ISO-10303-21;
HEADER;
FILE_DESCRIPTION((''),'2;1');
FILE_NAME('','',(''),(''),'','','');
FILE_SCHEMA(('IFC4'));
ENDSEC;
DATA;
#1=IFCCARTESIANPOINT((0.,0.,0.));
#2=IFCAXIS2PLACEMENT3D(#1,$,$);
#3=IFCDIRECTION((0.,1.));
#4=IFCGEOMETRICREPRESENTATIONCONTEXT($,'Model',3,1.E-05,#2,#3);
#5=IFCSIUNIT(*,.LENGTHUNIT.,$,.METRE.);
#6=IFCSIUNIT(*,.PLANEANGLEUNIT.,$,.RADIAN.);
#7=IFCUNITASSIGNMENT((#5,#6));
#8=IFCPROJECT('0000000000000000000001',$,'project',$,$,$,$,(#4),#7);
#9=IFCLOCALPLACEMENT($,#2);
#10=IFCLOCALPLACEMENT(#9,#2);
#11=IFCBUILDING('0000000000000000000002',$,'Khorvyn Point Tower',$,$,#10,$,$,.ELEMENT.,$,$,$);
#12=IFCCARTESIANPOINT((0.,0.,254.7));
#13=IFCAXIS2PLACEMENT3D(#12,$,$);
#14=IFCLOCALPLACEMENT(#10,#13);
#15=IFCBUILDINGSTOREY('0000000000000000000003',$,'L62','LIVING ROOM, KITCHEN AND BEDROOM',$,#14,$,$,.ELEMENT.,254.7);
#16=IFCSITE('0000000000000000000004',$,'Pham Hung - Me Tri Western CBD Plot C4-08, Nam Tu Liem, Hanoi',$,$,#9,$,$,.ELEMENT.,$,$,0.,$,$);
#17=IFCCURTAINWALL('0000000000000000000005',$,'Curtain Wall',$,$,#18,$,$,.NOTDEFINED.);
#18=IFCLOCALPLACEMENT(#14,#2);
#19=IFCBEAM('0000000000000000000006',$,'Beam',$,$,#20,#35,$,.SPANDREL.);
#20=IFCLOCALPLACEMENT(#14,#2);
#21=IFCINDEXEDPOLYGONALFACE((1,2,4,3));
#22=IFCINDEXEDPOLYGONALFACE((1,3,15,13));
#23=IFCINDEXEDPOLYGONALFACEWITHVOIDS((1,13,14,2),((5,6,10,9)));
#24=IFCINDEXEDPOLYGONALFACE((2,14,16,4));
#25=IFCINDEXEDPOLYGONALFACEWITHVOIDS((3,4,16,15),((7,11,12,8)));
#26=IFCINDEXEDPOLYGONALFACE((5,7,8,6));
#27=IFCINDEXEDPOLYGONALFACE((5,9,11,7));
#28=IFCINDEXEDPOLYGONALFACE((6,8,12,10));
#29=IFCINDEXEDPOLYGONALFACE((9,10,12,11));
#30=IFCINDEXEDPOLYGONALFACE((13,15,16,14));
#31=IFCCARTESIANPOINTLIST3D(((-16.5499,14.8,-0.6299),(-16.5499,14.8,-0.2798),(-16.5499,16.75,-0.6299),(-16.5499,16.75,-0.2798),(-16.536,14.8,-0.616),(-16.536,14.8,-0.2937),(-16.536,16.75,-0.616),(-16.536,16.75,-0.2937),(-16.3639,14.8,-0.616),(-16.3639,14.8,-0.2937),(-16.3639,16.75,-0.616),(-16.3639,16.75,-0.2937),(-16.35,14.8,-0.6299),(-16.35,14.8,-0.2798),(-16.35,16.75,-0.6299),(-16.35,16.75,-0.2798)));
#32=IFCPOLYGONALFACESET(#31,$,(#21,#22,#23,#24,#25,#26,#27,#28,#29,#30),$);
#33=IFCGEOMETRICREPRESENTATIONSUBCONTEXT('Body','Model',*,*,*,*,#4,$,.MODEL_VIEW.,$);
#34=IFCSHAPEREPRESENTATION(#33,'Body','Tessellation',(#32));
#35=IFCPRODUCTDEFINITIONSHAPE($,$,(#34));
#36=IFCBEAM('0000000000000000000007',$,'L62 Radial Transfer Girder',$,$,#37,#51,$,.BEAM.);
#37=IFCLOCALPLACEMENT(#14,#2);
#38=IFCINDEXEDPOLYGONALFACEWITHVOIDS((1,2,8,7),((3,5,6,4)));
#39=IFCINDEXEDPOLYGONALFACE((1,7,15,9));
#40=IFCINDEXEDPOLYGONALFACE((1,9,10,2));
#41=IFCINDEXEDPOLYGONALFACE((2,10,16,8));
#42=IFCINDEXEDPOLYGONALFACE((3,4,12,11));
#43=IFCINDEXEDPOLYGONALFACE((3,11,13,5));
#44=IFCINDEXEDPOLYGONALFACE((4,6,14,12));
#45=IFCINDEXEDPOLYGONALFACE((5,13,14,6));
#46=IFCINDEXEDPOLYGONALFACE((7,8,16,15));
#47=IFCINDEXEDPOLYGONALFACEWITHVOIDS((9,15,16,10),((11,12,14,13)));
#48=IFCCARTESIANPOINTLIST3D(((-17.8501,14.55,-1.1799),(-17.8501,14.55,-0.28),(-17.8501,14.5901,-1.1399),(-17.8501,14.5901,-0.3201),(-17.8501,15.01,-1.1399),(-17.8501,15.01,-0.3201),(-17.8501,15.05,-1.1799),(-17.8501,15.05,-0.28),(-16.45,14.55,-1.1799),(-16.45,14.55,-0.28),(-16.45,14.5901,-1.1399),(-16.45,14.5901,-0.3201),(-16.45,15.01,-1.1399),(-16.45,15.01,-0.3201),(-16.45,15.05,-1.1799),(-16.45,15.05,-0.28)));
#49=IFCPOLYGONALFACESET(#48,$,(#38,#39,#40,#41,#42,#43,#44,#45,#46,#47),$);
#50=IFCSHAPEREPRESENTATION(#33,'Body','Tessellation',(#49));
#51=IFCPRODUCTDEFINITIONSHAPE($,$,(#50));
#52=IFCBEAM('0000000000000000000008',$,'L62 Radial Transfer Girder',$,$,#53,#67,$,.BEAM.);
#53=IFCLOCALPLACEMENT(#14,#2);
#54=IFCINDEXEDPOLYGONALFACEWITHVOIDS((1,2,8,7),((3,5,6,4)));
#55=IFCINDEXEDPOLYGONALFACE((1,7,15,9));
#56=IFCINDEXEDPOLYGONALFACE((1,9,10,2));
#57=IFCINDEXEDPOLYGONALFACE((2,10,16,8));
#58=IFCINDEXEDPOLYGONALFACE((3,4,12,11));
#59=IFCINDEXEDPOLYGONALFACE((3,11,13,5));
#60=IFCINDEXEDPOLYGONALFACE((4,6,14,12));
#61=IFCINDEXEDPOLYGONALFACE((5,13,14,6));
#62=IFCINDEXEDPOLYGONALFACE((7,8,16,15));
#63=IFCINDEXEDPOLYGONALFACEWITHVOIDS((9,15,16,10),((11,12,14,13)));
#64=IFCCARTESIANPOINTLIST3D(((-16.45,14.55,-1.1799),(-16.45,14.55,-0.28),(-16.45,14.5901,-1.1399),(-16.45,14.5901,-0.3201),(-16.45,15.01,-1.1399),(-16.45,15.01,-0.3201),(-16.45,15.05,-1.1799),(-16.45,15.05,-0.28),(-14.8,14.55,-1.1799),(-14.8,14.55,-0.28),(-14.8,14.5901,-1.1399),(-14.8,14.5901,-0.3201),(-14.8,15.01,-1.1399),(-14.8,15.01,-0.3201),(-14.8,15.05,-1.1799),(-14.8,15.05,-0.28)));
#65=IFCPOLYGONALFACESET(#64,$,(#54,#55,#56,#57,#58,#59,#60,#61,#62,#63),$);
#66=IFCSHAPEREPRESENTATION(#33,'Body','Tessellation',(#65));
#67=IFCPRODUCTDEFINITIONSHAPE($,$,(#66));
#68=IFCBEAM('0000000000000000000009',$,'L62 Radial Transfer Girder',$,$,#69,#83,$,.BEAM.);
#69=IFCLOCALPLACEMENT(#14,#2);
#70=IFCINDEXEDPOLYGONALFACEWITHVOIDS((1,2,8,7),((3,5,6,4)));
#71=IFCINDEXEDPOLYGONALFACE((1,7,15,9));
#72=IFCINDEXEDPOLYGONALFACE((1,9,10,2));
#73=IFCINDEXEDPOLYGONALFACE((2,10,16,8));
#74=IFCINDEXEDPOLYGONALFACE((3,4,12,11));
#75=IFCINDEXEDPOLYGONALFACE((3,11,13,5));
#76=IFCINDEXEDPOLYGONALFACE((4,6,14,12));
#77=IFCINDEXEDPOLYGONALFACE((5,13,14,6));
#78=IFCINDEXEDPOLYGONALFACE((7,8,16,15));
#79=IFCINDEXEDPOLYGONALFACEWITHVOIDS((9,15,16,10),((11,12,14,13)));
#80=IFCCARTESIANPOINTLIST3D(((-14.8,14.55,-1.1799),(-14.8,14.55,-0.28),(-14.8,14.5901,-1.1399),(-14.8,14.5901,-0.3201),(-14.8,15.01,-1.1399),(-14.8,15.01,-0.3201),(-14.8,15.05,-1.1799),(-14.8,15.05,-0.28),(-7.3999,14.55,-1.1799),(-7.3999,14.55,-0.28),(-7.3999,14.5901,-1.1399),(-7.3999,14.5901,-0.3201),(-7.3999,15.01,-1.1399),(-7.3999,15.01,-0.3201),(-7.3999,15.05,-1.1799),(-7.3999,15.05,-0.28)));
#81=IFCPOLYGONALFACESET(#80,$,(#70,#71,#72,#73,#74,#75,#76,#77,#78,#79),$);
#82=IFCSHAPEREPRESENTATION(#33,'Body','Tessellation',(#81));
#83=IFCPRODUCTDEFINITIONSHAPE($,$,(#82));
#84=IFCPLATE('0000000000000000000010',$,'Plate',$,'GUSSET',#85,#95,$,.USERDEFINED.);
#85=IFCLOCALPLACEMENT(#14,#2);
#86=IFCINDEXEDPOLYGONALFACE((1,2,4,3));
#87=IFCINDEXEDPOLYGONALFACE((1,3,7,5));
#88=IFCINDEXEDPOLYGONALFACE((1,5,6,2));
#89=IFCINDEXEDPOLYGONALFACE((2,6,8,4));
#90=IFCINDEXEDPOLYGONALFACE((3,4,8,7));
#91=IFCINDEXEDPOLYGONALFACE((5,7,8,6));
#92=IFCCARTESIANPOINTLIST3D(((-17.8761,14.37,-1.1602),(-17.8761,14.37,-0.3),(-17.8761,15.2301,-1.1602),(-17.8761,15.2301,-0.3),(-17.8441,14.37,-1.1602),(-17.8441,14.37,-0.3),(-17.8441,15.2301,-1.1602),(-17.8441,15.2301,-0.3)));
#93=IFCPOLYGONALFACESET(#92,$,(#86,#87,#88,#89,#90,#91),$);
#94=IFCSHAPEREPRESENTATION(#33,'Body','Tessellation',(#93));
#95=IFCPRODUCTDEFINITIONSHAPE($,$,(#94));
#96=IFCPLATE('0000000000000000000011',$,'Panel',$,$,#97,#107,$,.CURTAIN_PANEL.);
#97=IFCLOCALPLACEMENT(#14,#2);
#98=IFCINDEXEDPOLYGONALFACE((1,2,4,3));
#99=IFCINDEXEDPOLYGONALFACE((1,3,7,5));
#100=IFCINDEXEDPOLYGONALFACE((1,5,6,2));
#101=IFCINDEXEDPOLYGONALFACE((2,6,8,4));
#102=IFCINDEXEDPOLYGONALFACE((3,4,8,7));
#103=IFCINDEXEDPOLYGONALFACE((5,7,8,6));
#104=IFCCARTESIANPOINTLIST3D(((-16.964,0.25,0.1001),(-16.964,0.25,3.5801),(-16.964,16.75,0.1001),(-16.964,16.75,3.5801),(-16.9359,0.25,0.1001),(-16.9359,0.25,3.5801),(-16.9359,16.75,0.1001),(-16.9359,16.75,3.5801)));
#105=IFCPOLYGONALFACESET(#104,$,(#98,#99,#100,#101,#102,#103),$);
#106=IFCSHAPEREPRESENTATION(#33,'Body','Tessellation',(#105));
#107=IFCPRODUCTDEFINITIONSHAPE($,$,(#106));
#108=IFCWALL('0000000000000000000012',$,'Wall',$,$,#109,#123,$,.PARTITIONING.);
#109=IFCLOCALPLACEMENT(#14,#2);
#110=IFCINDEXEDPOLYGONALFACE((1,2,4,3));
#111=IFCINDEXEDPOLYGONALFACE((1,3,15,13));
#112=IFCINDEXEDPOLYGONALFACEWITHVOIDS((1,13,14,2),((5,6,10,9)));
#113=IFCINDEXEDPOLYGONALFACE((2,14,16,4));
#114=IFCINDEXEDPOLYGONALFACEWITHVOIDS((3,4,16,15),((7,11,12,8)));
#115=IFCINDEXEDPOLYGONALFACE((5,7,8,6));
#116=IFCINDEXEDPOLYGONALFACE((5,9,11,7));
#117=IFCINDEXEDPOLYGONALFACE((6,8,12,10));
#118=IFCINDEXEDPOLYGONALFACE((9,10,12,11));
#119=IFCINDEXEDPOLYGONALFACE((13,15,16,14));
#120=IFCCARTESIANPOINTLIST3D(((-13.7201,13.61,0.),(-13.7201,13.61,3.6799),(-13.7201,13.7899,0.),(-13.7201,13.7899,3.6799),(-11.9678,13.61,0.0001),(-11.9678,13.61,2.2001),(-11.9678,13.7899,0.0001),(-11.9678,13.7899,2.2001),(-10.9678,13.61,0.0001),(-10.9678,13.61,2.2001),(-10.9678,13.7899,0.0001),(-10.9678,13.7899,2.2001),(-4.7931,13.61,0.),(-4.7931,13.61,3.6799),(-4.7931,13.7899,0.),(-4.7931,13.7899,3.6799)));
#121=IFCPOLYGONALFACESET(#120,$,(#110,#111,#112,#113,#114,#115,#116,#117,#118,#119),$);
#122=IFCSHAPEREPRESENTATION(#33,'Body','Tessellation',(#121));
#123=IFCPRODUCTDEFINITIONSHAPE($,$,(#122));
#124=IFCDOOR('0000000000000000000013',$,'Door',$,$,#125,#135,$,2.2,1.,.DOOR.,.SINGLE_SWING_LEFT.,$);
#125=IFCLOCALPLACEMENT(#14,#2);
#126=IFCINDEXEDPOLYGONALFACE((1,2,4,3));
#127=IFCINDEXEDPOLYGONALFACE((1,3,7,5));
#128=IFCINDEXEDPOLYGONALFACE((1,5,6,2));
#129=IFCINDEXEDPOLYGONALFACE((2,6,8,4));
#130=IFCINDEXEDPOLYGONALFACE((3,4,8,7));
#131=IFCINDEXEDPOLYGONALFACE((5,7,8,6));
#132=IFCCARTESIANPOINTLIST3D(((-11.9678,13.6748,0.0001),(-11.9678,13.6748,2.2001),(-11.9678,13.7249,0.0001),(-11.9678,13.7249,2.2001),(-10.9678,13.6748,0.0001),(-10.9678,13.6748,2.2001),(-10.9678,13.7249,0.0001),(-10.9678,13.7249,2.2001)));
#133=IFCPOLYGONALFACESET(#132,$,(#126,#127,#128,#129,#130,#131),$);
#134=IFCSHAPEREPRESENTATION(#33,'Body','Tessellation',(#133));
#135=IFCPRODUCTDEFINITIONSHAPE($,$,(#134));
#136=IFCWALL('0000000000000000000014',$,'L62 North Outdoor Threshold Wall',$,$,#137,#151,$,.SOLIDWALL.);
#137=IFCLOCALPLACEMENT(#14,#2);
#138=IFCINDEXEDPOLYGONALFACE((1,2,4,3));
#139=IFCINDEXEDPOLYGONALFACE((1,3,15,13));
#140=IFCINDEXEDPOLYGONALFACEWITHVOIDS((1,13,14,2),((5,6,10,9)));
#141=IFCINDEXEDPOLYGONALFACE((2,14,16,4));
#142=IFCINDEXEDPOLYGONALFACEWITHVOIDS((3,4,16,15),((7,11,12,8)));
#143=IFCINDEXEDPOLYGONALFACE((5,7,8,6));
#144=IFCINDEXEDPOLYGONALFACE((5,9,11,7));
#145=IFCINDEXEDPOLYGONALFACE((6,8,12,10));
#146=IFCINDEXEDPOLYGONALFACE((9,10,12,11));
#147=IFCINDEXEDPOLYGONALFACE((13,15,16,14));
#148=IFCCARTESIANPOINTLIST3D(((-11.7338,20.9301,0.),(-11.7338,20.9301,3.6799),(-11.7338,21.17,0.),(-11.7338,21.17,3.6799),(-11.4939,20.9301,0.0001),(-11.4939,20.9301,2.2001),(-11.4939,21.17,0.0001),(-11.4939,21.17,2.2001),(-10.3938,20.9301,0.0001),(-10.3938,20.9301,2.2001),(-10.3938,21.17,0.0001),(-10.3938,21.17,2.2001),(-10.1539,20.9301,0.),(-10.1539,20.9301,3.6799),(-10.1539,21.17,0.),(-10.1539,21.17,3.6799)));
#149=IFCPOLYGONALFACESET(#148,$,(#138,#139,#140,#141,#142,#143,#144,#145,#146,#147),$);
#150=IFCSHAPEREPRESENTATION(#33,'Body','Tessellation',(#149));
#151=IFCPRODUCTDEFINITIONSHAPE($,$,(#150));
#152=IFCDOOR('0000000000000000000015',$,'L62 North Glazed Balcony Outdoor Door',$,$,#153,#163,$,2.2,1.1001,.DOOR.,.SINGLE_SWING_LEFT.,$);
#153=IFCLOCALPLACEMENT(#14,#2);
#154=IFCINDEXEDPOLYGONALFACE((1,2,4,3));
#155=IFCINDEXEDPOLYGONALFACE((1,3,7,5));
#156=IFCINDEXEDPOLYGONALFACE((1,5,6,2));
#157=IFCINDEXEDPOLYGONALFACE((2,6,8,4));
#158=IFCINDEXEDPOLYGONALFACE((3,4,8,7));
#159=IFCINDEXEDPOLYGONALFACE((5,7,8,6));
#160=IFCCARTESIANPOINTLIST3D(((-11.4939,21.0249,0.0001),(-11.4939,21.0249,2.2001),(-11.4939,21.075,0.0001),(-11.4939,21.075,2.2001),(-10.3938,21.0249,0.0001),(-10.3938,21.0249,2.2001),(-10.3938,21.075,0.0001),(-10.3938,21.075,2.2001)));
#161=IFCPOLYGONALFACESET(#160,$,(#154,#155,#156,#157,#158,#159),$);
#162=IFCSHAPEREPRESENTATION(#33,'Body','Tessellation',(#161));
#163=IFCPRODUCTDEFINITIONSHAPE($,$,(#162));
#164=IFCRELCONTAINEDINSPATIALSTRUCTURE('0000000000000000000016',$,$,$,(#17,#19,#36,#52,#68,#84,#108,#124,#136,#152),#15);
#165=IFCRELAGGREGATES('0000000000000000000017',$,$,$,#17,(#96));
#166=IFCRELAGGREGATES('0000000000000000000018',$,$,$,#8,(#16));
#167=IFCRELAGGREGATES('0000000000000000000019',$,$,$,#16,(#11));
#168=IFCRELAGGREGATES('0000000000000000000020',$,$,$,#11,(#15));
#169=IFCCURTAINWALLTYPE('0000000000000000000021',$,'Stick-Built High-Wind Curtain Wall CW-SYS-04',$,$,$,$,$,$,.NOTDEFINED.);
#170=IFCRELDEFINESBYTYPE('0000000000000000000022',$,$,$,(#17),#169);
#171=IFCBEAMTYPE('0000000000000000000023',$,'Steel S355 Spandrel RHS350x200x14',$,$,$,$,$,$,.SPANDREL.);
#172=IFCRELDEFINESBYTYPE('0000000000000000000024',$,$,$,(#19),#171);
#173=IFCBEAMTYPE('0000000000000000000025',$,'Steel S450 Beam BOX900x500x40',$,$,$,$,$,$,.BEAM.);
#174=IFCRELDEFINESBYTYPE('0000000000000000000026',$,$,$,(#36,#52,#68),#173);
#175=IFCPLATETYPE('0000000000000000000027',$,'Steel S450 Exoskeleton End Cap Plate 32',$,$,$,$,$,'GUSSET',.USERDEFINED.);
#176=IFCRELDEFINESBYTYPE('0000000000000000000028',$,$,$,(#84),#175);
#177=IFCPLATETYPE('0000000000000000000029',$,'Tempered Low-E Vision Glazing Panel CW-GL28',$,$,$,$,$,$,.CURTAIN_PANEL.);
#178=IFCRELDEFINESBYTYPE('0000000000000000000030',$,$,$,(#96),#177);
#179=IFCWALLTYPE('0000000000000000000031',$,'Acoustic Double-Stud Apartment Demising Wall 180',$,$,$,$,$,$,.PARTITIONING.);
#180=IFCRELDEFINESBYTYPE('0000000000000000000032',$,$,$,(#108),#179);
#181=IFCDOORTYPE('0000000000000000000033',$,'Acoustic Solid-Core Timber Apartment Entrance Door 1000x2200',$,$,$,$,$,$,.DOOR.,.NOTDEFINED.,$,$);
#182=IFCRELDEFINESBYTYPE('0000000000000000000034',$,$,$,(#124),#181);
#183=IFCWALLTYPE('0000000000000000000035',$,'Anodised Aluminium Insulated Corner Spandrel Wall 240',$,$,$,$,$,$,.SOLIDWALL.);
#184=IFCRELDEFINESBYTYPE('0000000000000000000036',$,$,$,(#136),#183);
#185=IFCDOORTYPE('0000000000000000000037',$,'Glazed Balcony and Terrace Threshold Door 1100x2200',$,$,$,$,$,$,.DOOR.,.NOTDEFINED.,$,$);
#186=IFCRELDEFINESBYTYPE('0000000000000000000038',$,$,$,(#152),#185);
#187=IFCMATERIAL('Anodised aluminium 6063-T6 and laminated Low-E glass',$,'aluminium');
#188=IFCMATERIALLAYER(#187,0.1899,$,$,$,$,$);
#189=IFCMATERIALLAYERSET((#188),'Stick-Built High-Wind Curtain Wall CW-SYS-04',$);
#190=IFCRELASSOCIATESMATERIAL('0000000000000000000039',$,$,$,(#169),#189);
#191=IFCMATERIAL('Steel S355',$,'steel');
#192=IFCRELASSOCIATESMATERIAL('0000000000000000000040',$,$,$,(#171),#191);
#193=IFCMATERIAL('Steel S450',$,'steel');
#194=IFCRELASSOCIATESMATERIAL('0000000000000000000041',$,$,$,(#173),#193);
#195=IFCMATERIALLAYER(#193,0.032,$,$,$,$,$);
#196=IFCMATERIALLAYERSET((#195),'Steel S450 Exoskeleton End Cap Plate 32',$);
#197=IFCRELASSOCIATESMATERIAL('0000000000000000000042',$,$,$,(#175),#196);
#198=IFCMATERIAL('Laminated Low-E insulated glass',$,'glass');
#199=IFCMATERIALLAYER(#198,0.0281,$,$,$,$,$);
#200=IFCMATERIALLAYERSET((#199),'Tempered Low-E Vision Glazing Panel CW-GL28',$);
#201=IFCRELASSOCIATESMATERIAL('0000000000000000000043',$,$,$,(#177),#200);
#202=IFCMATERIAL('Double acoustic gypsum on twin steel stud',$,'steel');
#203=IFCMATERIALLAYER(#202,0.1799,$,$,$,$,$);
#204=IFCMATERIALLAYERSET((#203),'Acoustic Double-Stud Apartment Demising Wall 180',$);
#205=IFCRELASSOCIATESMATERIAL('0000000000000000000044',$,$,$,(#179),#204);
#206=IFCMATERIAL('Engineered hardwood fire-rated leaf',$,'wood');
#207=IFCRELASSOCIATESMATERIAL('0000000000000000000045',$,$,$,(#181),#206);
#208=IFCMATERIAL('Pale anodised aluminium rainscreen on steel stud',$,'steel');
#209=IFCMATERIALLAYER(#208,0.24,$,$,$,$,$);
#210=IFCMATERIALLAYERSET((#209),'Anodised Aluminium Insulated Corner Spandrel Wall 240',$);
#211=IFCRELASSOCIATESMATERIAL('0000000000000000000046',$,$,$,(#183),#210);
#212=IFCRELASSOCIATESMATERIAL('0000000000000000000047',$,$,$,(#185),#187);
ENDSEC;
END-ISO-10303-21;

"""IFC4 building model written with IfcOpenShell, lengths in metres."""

from ifc_helpers import new_model, si_unit, direction, frame, frame_2d, origin, origin_2d, place, context, subcontext, project, spatial, rectangle, hollow_rectangle, extrude, material, layer, layer_set, material_profile, profile_set, type_object, element, fill, aggregate, save


model = new_model("IFC4")

# Units and contexts
model_context = context("Model", 3, precision=1e-05, world=origin(), true_north=direction((0.0, 1.0)))
body_context = subcontext(model_context, "Body", "Model", "MODEL_VIEW")
ifc_project = project(units=[si_unit("LENGTHUNIT", "METRE"), si_unit("PLANEANGLEUNIT", "RADIAN")], contexts=[model_context])

# Site, building, storey
site_placement = place(None, origin())
site = spatial("IfcSite", under=ifc_project, at=site_placement, Name="Pham Hung - Me Tri Western CBD Plot C4-08, Nam Tu Liem, Hanoi", CompositionType="ELEMENT", RefElevation=0.0)
building_placement = place(site_placement, origin())
building = spatial("IfcBuilding", under=site, at=building_placement, Name="Khorvyn Point Tower", CompositionType="ELEMENT")
storey_placement = place(building_placement, frame((0.0, 0.0, 254.7)))
storey = spatial("IfcBuildingStorey", under=building, at=storey_placement, Name="L62", Description="LIVING ROOM, KITCHEN AND BEDROOM", CompositionType="ELEMENT", Elevation=254.7)

# Shared definitions
ifc_material_1 = material(Name="Steel S355", Category="steel")

# Curtain wall
ifc_material_2 = material(Name="Anodised aluminium 6063-T6 and laminated Low-E glass", Category="aluminium")
ifc_layer_1 = layer(ifc_material_2, 0.1899)
ifc_layer_set_1 = layer_set([ifc_layer_1], Name="Stick-Built High-Wind Curtain Wall CW-SYS-04")
curtain_wall_type = type_object("IfcCurtainWallType", Name="Stick-Built High-Wind Curtain Wall CW-SYS-04", PredefinedType="NOTDEFINED", material=ifc_layer_set_1)
curtain_wall_1_placement = place(storey_placement, origin())
curtain_wall_1 = element("IfcCurtainWall", 1, at=curtain_wall_1_placement, inside=storey, type_object=curtain_wall_type, Name="Curtain Wall", PredefinedType="NOTDEFINED")

# Beams
ifc_material_profile_1 = material_profile(ifc_material_1, hollow_rectangle(XDim=0.2, YDim=0.3501, WallThickness=0.0139, at=origin_2d()))
ifc_profile_set_1 = profile_set([ifc_material_profile_1], Name="Steel S355 RHS350x200x14")
beam_type_1 = type_object("IfcBeamType", Name="Steel S355 Spandrel RHS350x200x14", PredefinedType="SPANDREL", material=ifc_profile_set_1)
beam_1_placement = place(storey_placement, frame((-16.45, 14.8, -0.4548), z_axis=(0.0, 1.0, 0.0), x_axis=(-1.0, 0.0, 0.0)))
element("IfcBeam", 2, at=beam_1_placement, inside=storey, type_object=beam_type_1, Name="Beam", PredefinedType="SPANDREL", context=body_context, shape_type="SweptSolid", body=[
    extrude(hollow_rectangle(XDim=0.2, YDim=0.3501, WallThickness=0.0139, at=origin_2d()), origin(), (0.0, 0.0, 1.0), 1.95),
])
ifc_material_3 = material(Name="Steel S450", Category="steel")
ifc_material_profile_2 = material_profile(ifc_material_3, hollow_rectangle(XDim=0.5, YDim=0.8999, WallThickness=0.04, at=origin_2d()))
ifc_profile_set_2 = profile_set([ifc_material_profile_2], Name="Steel S450 BOX900x500x40")
beam_type_2 = type_object("IfcBeamType", Name="Steel S450 Beam BOX900x500x40", PredefinedType="BEAM", material=ifc_profile_set_2)
beam_2_placement = place(storey_placement, frame((-17.8501, 14.8, -0.73), z_axis=(1.0, 0.0, 0.0), x_axis=(0.0, 1.0, 0.0)))
element("IfcBeam", 3, at=beam_2_placement, inside=storey, type_object=beam_type_2, Name="L62 Radial Transfer Girder", PredefinedType="BEAM", context=body_context, shape_type="SweptSolid", body=[
    extrude(hollow_rectangle(XDim=0.5, YDim=0.8999, WallThickness=0.04, at=origin_2d()), origin(), (0.0, 0.0, 1.0), 1.4001),
])
beam_3_placement = place(storey_placement, frame((-16.45, 14.8, -0.73), z_axis=(1.0, 0.0, 0.0), x_axis=(0.0, 1.0, 0.0)))
element("IfcBeam", 4, at=beam_3_placement, inside=storey, type_object=beam_type_2, Name="L62 Radial Transfer Girder", PredefinedType="BEAM", context=body_context, shape_type="SweptSolid", body=[
    extrude(hollow_rectangle(XDim=0.5, YDim=0.8999, WallThickness=0.04, at=origin_2d()), origin(), (0.0, 0.0, 1.0), 1.6499),
])
beam_4_placement = place(storey_placement, frame((-14.8, 14.8, -0.73), z_axis=(1.0, 0.0, 0.0), x_axis=(0.0, 1.0, 0.0)))
element("IfcBeam", 5, at=beam_4_placement, inside=storey, type_object=beam_type_2, Name="L62 Radial Transfer Girder", PredefinedType="BEAM", context=body_context, shape_type="SweptSolid", body=[
    extrude(hollow_rectangle(XDim=0.5, YDim=0.8999, WallThickness=0.04, at=origin_2d()), origin(), (0.0, 0.0, 1.0), 7.4001),
])

# Plates
ifc_layer_2 = layer(ifc_material_3, 0.032)
ifc_layer_set_2 = layer_set([ifc_layer_2], Name="Steel S450 Exoskeleton End Cap Plate 32")
plate_type_1 = type_object("IfcPlateType", Name="Steel S450 Exoskeleton End Cap Plate 32", ElementType="GUSSET", PredefinedType="USERDEFINED", material=ifc_layer_set_2)
plate_1_placement = place(storey_placement, frame((-17.8601, 14.8, -1.1602), z_axis=(0.0, 0.0, 1.0), x_axis=(1.0, 0.0, 0.0)))
element("IfcPlate", 6, at=plate_1_placement, inside=storey, type_object=plate_type_1, Name="Plate", ObjectType="GUSSET", PredefinedType="USERDEFINED", context=body_context, shape_type="SweptSolid", body=[
    extrude(rectangle(XDim=0.032, YDim=0.8601, at=origin_2d()), origin(), (0.0, 0.0, 1.0), 0.8601),
])
ifc_material_4 = material(Name="Laminated Low-E insulated glass", Category="glass")
ifc_layer_3 = layer(ifc_material_4, 0.0281)
ifc_layer_set_3 = layer_set([ifc_layer_3], Name="Tempered Low-E Vision Glazing Panel CW-GL28")
plate_type_2 = type_object("IfcPlateType", Name="Tempered Low-E Vision Glazing Panel CW-GL28", PredefinedType="CURTAIN_PANEL", material=ifc_layer_set_3)
plate_2_placement = place(storey_placement, frame((-16.95, 8.5, 0.1001), z_axis=(0.0, 0.0, 1.0), x_axis=(0.0, 1.0, 0.0)))
plate_2 = element("IfcPlate", 7, at=plate_2_placement, type_object=plate_type_2, Name="Panel", PredefinedType="CURTAIN_PANEL", context=body_context, shape_type="SweptSolid", body=[
    extrude(rectangle(XDim=16.5, YDim=0.0281, at=origin_2d()), origin(), (0.0, 0.0, 1.0), 3.48),
])
aggregate(curtain_wall_1, [plate_2])

# Walls, openings, doors
ifc_material_5 = material(Name="Double acoustic gypsum on twin steel stud", Category="steel")
ifc_layer_4 = layer(ifc_material_5, 0.1799)
ifc_layer_set_4 = layer_set([ifc_layer_4], Name="Acoustic Double-Stud Apartment Demising Wall 180")
wall_type_1 = type_object("IfcWallType", Name="Acoustic Double-Stud Apartment Demising Wall 180", PredefinedType="PARTITIONING", material=ifc_layer_set_4)
wall_1_placement = place(storey_placement, frame((-13.72, 13.7, 0.0), z_axis=(0.0, 0.0, 1.0), x_axis=(1.0, 0.0, 0.0)))
wall_1 = element("IfcWall", 8, at=wall_1_placement, inside=storey, type_object=wall_type_1, Name="Wall", PredefinedType="PARTITIONING", context=body_context, shape_type="SweptSolid", body=[
    extrude(rectangle(XDim=8.927, YDim=0.1799, at=frame_2d((4.4634, 0.0))), origin(), (0.0, 0.0, 1.0), 3.6799),
])
opening_1_placement = place(wall_1_placement, frame((1.7522, 0.0, 0.0)))
opening_1 = element("IfcOpeningElement", 9, at=opening_1_placement, cuts=wall_1, PredefinedType="OPENING", context=body_context, shape_type="SweptSolid", body=[
    extrude(rectangle(XDim=1.0, YDim=2.2, at=frame_2d((0.5, 1.1001))), frame((0.0, 0.0999, 0.0), z_axis=(0.0, -1.0, 0.0), x_axis=(1.0, 0.0, 0.0)), (0.0, 0.0, 1.0), 0.2),
])
ifc_material_6 = material(Name="Engineered hardwood fire-rated leaf", Category="wood")
door_type_1 = type_object("IfcDoorType", Name="Acoustic Solid-Core Timber Apartment Entrance Door 1000x2200", OperationType="NOTDEFINED", PredefinedType="DOOR", material=ifc_material_6)
door_1_placement = place(opening_1_placement, origin())
door_1 = element("IfcDoor", 10, at=door_1_placement, inside=storey, type_object=door_type_1, Name="Door", OperationType="SINGLE_SWING_LEFT", OverallHeight=2.2, OverallWidth=1.0, PredefinedType="DOOR", context=body_context, shape_type="SweptSolid", body=[
    extrude(rectangle(XDim=1.0, YDim=2.2, at=frame_2d((0.5, 1.1001))), frame((0.0, 0.0249, 0.0), z_axis=(0.0, -1.0, 0.0), x_axis=(1.0, 0.0, 0.0)), (0.0, 0.0, 1.0), 0.05),
])
fill(opening_1, door_1)
ifc_material_7 = material(Name="Pale anodised aluminium rainscreen on steel stud", Category="steel")
ifc_layer_5 = layer(ifc_material_7, 0.24)
ifc_layer_set_5 = layer_set([ifc_layer_5], Name="Anodised Aluminium Insulated Corner Spandrel Wall 240")
wall_type_2 = type_object("IfcWallType", Name="Anodised Aluminium Insulated Corner Spandrel Wall 240", PredefinedType="SOLIDWALL", material=ifc_layer_set_5)
wall_2_placement = place(storey_placement, frame((-11.7339, 21.05, 0.0), z_axis=(0.0, 0.0, 1.0), x_axis=(1.0, 0.0, 0.0)))
wall_2 = element("IfcWall", 11, at=wall_2_placement, inside=storey, type_object=wall_type_2, Name="L62 North Outdoor Threshold Wall", PredefinedType="SOLIDWALL", context=body_context, shape_type="SweptSolid", body=[
    extrude(rectangle(XDim=1.5798, YDim=0.24, at=frame_2d((0.79, 0.0))), origin(), (0.0, 0.0, 1.0), 3.6799),
])
opening_2_placement = place(wall_2_placement, frame((0.24, 0.0, 0.0)))
opening_2 = element("IfcOpeningElement", 12, at=opening_2_placement, cuts=wall_2, PredefinedType="OPENING", context=body_context, shape_type="SweptSolid", body=[
    extrude(rectangle(XDim=1.1001, YDim=2.2, at=frame_2d((0.55, 1.1001))), frame((0.0, 0.1299, 0.0), z_axis=(0.0, -1.0, 0.0), x_axis=(1.0, 0.0, 0.0)), (0.0, 0.0, 1.0), 0.26),
])
door_type_2 = type_object("IfcDoorType", Name="Glazed Balcony and Terrace Threshold Door 1100x2200", OperationType="NOTDEFINED", PredefinedType="DOOR", material=ifc_material_2)
door_2_placement = place(opening_2_placement, origin())
door_2 = element("IfcDoor", 13, at=door_2_placement, inside=storey, type_object=door_type_2, Name="L62 North Glazed Balcony Outdoor Door", OperationType="SINGLE_SWING_LEFT", OverallHeight=2.2, OverallWidth=1.1001, PredefinedType="DOOR", context=body_context, shape_type="SweptSolid", body=[
    extrude(rectangle(XDim=1.1001, YDim=2.2, at=frame_2d((0.55, 1.1001))), frame((0.0, 0.0249, 0.0), z_axis=(0.0, -1.0, 0.0), x_axis=(1.0, 0.0, 0.0)), (0.0, 0.0, 1.0), 0.05),
])
fill(opening_2, door_2)

save(model, "model.ifc")
